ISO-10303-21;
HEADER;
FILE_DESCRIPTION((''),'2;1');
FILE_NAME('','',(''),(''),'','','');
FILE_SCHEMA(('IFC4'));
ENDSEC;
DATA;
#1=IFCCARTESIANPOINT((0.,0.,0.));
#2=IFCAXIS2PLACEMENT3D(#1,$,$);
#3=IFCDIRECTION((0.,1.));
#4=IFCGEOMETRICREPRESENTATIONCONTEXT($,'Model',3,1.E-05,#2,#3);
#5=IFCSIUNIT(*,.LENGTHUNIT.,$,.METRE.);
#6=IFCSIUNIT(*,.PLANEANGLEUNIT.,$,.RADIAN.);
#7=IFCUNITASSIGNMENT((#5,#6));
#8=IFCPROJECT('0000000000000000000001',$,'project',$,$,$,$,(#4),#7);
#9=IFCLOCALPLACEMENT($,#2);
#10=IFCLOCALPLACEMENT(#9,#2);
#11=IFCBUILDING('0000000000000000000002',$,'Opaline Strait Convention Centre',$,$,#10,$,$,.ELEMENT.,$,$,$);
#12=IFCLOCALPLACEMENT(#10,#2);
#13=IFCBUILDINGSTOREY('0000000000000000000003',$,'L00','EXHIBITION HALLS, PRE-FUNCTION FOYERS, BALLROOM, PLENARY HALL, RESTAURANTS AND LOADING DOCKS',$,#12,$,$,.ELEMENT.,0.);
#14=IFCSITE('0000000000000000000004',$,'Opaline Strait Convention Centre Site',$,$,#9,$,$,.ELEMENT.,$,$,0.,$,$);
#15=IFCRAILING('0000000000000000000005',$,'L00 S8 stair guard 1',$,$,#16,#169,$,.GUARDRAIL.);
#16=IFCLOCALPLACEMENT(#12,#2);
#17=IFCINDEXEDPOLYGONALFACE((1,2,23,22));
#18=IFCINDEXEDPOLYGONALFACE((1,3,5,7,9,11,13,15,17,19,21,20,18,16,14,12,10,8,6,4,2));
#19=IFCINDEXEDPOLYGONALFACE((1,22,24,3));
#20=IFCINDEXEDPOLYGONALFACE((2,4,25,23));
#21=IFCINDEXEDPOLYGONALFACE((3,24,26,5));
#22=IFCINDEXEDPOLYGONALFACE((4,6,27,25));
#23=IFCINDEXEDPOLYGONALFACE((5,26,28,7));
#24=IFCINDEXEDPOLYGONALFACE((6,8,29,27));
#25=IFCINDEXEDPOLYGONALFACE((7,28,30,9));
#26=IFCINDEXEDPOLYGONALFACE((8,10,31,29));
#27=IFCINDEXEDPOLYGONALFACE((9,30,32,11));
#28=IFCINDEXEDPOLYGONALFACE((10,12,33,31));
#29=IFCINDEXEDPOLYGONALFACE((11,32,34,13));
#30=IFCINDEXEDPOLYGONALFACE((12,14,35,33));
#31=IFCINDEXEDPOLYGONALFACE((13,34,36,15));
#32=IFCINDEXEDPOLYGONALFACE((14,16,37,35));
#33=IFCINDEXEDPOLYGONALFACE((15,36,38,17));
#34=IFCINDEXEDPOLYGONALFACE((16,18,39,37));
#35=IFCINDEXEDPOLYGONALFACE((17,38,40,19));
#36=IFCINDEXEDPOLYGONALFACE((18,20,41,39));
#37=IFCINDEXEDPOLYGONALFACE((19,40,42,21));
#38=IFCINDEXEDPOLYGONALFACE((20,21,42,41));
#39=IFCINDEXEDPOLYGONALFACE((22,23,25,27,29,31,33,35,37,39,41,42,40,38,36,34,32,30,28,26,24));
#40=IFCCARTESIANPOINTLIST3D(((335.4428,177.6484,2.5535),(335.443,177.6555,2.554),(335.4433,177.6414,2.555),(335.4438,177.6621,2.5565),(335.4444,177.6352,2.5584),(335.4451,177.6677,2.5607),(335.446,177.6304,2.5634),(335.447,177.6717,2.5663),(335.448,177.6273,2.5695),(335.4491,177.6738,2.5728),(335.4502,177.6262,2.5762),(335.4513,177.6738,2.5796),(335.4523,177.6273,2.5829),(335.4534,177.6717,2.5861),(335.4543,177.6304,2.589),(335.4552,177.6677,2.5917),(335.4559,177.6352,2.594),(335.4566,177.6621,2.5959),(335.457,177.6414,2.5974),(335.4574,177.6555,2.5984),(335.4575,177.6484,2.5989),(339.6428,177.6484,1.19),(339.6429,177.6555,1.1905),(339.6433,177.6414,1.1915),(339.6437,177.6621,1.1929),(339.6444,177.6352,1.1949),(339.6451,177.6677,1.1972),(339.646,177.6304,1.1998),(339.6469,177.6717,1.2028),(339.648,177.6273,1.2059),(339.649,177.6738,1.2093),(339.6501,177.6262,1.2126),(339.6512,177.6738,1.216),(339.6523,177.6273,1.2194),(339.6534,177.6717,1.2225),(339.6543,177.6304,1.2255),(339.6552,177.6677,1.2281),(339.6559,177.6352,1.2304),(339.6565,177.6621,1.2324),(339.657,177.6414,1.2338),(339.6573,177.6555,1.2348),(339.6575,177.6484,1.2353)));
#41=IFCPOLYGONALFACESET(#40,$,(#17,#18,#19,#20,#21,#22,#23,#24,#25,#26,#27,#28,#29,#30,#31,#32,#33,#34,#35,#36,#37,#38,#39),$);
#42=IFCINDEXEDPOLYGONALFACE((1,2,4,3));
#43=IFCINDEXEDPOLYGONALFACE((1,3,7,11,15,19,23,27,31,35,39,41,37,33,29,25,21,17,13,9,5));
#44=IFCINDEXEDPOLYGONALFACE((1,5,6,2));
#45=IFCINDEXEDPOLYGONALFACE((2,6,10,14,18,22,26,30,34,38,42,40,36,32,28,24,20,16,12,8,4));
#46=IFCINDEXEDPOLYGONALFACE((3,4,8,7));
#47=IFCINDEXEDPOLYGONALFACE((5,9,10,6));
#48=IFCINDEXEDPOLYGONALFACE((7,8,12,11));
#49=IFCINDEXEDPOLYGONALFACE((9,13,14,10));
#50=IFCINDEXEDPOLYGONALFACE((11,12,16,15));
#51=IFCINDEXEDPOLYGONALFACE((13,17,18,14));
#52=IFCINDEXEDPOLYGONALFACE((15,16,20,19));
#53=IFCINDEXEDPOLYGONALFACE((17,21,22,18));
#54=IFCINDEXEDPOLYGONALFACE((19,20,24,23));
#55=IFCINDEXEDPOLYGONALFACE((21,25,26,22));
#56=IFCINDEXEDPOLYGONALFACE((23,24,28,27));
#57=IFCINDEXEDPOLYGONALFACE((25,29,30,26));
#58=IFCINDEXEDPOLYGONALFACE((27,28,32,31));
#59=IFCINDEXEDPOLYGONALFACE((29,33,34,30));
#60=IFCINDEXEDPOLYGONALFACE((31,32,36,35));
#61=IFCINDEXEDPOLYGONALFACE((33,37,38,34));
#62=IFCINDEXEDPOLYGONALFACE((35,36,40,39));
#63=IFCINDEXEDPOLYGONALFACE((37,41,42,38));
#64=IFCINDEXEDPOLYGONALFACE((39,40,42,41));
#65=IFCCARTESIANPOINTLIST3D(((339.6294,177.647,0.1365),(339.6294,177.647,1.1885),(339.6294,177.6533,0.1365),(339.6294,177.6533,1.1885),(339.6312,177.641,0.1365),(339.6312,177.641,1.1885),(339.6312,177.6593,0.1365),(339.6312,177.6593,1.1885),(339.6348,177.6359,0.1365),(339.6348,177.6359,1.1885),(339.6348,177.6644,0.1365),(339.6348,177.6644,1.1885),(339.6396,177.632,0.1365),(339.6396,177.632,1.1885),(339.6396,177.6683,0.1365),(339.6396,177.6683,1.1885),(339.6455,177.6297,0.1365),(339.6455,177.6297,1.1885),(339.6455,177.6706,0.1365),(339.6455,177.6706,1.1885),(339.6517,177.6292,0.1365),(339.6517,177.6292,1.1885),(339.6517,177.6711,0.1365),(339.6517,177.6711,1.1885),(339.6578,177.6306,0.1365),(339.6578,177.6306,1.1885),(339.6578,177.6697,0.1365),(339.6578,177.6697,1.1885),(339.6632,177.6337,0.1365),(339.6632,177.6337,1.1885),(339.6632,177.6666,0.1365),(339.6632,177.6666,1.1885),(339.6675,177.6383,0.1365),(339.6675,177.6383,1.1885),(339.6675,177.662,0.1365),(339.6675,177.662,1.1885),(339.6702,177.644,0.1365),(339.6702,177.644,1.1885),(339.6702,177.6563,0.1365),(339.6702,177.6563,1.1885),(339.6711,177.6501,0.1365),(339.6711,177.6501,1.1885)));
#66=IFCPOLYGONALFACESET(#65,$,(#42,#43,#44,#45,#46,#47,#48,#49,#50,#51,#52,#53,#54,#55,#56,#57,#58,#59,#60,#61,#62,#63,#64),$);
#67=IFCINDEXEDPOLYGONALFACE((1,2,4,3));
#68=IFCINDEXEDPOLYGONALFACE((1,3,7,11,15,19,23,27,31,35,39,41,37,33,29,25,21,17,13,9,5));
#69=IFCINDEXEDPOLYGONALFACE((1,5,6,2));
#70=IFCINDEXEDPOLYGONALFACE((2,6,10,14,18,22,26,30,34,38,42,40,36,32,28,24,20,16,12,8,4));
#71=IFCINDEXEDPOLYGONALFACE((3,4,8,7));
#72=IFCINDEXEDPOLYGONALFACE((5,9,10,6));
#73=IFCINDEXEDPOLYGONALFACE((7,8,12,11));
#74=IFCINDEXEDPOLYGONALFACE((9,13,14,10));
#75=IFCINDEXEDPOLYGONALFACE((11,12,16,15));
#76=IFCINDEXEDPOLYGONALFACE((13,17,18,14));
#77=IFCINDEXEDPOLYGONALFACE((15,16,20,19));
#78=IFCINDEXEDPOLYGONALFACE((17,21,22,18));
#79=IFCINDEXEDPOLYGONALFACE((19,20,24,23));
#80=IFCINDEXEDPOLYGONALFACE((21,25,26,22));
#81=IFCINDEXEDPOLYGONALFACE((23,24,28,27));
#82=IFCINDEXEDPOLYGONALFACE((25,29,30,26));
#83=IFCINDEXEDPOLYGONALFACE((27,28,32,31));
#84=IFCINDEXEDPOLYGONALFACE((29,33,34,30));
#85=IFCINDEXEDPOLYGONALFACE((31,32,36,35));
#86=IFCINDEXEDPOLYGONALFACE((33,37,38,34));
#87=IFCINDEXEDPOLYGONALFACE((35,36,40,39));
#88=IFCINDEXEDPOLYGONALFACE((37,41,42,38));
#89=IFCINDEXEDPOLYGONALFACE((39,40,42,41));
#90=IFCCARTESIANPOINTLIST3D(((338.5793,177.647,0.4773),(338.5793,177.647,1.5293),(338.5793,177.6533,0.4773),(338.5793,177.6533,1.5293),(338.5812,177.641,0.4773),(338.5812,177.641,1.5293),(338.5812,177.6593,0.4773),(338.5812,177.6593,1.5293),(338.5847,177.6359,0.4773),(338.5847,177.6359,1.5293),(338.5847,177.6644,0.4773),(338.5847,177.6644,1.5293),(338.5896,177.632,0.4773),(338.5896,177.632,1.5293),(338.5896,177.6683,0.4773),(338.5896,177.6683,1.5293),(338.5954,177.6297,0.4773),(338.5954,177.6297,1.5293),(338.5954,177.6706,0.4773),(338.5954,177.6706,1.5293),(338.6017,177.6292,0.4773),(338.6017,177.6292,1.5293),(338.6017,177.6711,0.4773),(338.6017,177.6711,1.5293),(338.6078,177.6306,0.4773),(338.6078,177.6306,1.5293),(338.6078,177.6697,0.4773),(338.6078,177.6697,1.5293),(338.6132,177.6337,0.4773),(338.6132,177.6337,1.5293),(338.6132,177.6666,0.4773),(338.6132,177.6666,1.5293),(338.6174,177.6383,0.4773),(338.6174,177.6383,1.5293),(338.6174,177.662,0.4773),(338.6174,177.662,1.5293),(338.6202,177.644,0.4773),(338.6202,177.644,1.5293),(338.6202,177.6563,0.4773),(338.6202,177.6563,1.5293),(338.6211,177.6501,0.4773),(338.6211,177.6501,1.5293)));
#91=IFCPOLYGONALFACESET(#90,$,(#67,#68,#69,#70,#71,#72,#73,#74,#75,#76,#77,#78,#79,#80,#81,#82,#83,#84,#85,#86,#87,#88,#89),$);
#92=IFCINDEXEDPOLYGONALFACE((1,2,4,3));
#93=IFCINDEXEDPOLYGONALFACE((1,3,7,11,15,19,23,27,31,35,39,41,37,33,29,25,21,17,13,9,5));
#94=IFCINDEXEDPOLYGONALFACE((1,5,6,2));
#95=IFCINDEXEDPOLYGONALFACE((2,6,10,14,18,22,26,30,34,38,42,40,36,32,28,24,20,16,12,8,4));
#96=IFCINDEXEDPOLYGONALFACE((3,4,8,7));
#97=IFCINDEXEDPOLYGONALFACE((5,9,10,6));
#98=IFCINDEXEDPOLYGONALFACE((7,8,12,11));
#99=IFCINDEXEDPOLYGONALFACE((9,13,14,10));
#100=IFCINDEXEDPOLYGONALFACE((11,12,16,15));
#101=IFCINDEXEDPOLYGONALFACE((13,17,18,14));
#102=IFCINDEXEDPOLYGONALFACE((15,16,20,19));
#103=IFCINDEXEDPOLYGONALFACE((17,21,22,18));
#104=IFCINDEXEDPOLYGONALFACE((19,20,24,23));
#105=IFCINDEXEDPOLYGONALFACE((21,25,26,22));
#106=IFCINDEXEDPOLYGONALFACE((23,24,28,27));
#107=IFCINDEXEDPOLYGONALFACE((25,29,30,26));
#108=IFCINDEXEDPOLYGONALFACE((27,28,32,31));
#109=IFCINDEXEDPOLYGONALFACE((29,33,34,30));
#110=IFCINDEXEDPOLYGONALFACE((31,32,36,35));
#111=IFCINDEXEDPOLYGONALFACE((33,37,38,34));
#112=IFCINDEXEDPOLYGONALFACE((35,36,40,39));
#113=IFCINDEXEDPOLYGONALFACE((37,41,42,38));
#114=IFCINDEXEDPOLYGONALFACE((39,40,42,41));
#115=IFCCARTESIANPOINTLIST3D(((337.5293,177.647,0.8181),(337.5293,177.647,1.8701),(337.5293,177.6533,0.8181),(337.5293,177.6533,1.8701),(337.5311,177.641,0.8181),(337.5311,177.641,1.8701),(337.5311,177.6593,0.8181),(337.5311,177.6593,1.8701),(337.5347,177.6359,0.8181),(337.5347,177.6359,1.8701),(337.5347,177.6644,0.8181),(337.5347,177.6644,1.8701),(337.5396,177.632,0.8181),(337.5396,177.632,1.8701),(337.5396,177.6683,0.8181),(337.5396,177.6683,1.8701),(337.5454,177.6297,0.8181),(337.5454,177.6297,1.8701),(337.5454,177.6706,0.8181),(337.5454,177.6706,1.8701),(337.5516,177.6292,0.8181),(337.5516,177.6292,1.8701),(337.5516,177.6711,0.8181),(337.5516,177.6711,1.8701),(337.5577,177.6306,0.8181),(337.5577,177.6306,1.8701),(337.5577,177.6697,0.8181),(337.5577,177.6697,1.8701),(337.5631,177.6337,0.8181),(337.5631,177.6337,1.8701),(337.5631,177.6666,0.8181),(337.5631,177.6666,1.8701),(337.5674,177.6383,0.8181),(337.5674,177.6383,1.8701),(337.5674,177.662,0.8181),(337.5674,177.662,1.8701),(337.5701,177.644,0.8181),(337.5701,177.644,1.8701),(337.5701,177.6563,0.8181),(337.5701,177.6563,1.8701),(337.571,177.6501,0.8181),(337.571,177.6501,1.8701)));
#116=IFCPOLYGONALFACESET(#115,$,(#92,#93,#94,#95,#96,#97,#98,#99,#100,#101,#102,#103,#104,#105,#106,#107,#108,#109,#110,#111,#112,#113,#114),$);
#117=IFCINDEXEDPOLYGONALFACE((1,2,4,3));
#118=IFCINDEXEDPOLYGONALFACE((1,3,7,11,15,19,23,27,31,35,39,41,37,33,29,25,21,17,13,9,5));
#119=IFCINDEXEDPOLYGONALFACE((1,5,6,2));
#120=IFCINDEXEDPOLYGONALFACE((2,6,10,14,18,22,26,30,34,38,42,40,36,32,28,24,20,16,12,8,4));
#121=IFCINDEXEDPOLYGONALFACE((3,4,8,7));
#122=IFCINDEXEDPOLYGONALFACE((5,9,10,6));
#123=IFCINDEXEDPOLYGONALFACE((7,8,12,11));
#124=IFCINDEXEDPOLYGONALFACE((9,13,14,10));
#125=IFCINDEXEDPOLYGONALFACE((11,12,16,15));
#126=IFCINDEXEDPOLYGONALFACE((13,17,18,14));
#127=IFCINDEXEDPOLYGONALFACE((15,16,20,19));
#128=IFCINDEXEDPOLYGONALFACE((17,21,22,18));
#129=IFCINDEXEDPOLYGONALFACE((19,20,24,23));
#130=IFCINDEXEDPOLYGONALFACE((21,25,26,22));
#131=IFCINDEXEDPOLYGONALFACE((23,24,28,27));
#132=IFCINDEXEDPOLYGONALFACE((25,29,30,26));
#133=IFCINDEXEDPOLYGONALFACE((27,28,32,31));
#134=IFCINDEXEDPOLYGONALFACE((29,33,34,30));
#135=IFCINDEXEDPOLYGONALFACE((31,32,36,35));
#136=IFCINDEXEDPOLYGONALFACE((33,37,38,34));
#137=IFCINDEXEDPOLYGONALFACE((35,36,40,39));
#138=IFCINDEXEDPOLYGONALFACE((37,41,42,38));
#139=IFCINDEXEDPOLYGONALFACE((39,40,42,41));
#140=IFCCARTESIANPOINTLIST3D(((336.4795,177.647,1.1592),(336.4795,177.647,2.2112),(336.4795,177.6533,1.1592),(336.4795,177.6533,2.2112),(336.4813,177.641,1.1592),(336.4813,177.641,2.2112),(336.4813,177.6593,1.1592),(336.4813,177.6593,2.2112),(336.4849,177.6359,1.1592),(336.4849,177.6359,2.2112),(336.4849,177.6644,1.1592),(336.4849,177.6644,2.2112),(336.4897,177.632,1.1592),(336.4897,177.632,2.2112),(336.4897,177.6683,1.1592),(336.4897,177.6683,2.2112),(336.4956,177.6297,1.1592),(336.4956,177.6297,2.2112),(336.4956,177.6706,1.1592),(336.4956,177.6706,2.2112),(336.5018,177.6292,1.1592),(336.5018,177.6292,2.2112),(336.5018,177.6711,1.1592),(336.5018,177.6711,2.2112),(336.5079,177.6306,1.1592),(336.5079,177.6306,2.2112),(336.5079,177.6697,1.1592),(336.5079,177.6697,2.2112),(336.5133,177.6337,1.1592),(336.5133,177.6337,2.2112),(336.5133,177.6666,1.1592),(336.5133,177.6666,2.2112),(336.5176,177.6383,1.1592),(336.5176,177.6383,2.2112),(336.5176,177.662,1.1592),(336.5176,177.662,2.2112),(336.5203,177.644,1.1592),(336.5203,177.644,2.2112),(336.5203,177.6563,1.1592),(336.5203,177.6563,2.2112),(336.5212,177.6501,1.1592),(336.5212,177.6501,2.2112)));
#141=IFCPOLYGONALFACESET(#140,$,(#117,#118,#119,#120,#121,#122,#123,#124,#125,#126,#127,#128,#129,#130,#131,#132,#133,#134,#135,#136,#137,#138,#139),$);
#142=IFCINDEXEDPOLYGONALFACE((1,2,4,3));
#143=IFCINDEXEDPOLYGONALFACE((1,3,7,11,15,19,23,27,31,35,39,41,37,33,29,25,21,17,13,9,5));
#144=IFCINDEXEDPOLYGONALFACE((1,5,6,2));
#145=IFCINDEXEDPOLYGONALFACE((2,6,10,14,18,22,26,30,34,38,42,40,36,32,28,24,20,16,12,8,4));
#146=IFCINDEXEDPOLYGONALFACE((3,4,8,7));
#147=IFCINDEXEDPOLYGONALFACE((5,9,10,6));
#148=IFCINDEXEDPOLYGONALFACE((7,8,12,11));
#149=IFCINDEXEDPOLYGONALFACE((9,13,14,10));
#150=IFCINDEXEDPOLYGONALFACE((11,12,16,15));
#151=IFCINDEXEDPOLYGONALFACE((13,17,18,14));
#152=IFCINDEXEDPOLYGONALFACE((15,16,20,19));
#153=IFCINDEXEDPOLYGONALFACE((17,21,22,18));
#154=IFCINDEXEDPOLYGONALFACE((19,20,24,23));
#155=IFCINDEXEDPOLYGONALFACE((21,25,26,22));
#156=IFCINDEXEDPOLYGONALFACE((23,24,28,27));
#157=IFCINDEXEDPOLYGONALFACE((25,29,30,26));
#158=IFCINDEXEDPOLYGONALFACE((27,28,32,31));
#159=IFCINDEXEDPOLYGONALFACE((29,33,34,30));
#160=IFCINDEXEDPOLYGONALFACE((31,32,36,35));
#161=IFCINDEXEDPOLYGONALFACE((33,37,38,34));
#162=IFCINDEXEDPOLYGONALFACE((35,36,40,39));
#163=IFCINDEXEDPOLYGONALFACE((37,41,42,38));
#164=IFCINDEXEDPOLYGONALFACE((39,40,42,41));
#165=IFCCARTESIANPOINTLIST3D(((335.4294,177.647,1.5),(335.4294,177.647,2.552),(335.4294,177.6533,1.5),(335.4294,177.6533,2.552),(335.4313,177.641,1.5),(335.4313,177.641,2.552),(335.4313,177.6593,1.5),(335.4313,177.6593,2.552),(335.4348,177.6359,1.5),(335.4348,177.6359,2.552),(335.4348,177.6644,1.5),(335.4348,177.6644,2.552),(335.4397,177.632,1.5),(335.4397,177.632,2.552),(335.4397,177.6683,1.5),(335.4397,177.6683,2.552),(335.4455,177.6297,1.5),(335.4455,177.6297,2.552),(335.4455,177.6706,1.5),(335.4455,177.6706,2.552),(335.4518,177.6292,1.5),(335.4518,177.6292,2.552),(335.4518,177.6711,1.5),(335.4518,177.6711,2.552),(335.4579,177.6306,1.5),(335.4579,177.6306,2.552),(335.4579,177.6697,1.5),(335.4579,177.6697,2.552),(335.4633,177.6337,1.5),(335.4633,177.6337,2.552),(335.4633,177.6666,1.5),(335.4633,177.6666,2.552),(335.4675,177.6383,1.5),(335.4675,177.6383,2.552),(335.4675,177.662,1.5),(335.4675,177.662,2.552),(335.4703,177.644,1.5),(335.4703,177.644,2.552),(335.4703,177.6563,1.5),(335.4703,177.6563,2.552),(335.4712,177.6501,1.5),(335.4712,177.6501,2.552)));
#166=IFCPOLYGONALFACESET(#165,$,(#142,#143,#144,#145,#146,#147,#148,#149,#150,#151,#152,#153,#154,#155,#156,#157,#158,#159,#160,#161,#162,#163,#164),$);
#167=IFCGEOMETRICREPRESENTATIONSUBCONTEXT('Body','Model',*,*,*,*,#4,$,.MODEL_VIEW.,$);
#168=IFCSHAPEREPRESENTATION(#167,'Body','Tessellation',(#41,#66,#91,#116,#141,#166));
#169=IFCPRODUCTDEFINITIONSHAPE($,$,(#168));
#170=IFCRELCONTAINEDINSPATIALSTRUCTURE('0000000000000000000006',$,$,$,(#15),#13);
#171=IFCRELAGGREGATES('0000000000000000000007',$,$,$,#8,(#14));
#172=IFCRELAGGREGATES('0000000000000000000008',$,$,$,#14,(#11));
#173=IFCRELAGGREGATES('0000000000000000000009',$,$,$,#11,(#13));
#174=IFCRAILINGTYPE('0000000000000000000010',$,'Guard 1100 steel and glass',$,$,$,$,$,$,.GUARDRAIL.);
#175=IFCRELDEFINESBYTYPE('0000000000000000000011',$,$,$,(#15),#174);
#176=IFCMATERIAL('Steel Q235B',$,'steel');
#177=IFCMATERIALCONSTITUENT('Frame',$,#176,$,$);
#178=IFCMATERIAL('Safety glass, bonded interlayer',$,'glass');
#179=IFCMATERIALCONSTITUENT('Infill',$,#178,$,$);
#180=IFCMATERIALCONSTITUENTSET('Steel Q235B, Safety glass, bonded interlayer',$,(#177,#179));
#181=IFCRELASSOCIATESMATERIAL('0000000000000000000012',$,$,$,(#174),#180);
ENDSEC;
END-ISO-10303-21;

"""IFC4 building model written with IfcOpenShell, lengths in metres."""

from ifc_helpers import new_model, si_unit, direction, frame, origin, origin_2d, place, context, subcontext, project, spatial, circle, extrude, material, constituent, constituent_set, type_object, element, save


model = new_model("IFC4")

# Units and contexts
model_context = context("Model", 3, precision=1e-05, world=origin(), true_north=direction((0.0, 1.0)))
body_context = subcontext(model_context, "Body", "Model", "MODEL_VIEW")
ifc_project = project(units=[si_unit("LENGTHUNIT", "METRE"), si_unit("PLANEANGLEUNIT", "RADIAN")], contexts=[model_context])

# Site, building, storey
site_placement = place(None, origin())
site = spatial("IfcSite", under=ifc_project, at=site_placement, Name="Opaline Strait Convention Centre Site", CompositionType="ELEMENT", RefElevation=0.0)
building_placement = place(site_placement, origin())
building = spatial("IfcBuilding", under=site, at=building_placement, Name="Opaline Strait Convention Centre", CompositionType="ELEMENT")
storey_placement = place(building_placement, origin())
storey = spatial("IfcBuildingStorey", under=building, at=storey_placement, Name="L00", Description="EXHIBITION HALLS, PRE-FUNCTION FOYERS, BALLROOM, PLENARY HALL, RESTAURANTS AND LOADING DOCKS", CompositionType="ELEMENT", Elevation=0.0)

# Railing
ifc_material_1 = material(Name="Steel Q235B", Category="steel")
ifc_constituent_1 = constituent(ifc_material_1, Name="Frame")
ifc_material_2 = material(Name="Safety glass, bonded interlayer", Category="glass")
ifc_constituent_2 = constituent(ifc_material_2, Name="Infill")
ifc_constituent_set = constituent_set(constituents=[ifc_constituent_1, ifc_constituent_2], Name="Steel Q235B, Safety glass, bonded interlayer")
railing_type_1 = type_object("IfcRailingType", Name="Guard 1100 steel and glass", PredefinedType="GUARDRAIL", material=ifc_constituent_set)
railing_1_placement = place(storey_placement, frame((339.6501, 177.6501, 0.1365)))
element("IfcRailing", 1, at=railing_1_placement, inside=storey, type_object=railing_type_1, Name="L00 S8 stair guard 1", PredefinedType="GUARDRAIL", context=body_context, shape_type="SweptSolid", body=[
    extrude(circle(Radius=0.0239, at=origin_2d()), frame((0.0, 0.0, 1.0762), z_axis=(-0.951131, 0.0, 0.308787), x_axis=(0.0, -1.0, 0.0)), (0.0, 0.0, 1.0), 4.4158),
    extrude(circle(Radius=0.021, at=origin_2d()), origin(), (0.0, 0.0, 1.0), 1.052),
    extrude(circle(Radius=0.021, at=origin_2d()), frame((-1.05, 0.0, 0.3408)), (0.0, 0.0, 1.0), 1.052),
    extrude(circle(Radius=0.021, at=origin_2d()), frame((-2.1001, 0.0, 0.6816)), (0.0, 0.0, 1.0), 1.052),
    extrude(circle(Radius=0.021, at=origin_2d()), frame((-3.1499, 0.0, 1.0227)), (0.0, 0.0, 1.0), 1.052),
    extrude(circle(Radius=0.021, at=origin_2d()), frame((-4.2, 0.0, 1.3635)), (0.0, 0.0, 1.0), 1.052),
])

save(model, "model.ifc")
